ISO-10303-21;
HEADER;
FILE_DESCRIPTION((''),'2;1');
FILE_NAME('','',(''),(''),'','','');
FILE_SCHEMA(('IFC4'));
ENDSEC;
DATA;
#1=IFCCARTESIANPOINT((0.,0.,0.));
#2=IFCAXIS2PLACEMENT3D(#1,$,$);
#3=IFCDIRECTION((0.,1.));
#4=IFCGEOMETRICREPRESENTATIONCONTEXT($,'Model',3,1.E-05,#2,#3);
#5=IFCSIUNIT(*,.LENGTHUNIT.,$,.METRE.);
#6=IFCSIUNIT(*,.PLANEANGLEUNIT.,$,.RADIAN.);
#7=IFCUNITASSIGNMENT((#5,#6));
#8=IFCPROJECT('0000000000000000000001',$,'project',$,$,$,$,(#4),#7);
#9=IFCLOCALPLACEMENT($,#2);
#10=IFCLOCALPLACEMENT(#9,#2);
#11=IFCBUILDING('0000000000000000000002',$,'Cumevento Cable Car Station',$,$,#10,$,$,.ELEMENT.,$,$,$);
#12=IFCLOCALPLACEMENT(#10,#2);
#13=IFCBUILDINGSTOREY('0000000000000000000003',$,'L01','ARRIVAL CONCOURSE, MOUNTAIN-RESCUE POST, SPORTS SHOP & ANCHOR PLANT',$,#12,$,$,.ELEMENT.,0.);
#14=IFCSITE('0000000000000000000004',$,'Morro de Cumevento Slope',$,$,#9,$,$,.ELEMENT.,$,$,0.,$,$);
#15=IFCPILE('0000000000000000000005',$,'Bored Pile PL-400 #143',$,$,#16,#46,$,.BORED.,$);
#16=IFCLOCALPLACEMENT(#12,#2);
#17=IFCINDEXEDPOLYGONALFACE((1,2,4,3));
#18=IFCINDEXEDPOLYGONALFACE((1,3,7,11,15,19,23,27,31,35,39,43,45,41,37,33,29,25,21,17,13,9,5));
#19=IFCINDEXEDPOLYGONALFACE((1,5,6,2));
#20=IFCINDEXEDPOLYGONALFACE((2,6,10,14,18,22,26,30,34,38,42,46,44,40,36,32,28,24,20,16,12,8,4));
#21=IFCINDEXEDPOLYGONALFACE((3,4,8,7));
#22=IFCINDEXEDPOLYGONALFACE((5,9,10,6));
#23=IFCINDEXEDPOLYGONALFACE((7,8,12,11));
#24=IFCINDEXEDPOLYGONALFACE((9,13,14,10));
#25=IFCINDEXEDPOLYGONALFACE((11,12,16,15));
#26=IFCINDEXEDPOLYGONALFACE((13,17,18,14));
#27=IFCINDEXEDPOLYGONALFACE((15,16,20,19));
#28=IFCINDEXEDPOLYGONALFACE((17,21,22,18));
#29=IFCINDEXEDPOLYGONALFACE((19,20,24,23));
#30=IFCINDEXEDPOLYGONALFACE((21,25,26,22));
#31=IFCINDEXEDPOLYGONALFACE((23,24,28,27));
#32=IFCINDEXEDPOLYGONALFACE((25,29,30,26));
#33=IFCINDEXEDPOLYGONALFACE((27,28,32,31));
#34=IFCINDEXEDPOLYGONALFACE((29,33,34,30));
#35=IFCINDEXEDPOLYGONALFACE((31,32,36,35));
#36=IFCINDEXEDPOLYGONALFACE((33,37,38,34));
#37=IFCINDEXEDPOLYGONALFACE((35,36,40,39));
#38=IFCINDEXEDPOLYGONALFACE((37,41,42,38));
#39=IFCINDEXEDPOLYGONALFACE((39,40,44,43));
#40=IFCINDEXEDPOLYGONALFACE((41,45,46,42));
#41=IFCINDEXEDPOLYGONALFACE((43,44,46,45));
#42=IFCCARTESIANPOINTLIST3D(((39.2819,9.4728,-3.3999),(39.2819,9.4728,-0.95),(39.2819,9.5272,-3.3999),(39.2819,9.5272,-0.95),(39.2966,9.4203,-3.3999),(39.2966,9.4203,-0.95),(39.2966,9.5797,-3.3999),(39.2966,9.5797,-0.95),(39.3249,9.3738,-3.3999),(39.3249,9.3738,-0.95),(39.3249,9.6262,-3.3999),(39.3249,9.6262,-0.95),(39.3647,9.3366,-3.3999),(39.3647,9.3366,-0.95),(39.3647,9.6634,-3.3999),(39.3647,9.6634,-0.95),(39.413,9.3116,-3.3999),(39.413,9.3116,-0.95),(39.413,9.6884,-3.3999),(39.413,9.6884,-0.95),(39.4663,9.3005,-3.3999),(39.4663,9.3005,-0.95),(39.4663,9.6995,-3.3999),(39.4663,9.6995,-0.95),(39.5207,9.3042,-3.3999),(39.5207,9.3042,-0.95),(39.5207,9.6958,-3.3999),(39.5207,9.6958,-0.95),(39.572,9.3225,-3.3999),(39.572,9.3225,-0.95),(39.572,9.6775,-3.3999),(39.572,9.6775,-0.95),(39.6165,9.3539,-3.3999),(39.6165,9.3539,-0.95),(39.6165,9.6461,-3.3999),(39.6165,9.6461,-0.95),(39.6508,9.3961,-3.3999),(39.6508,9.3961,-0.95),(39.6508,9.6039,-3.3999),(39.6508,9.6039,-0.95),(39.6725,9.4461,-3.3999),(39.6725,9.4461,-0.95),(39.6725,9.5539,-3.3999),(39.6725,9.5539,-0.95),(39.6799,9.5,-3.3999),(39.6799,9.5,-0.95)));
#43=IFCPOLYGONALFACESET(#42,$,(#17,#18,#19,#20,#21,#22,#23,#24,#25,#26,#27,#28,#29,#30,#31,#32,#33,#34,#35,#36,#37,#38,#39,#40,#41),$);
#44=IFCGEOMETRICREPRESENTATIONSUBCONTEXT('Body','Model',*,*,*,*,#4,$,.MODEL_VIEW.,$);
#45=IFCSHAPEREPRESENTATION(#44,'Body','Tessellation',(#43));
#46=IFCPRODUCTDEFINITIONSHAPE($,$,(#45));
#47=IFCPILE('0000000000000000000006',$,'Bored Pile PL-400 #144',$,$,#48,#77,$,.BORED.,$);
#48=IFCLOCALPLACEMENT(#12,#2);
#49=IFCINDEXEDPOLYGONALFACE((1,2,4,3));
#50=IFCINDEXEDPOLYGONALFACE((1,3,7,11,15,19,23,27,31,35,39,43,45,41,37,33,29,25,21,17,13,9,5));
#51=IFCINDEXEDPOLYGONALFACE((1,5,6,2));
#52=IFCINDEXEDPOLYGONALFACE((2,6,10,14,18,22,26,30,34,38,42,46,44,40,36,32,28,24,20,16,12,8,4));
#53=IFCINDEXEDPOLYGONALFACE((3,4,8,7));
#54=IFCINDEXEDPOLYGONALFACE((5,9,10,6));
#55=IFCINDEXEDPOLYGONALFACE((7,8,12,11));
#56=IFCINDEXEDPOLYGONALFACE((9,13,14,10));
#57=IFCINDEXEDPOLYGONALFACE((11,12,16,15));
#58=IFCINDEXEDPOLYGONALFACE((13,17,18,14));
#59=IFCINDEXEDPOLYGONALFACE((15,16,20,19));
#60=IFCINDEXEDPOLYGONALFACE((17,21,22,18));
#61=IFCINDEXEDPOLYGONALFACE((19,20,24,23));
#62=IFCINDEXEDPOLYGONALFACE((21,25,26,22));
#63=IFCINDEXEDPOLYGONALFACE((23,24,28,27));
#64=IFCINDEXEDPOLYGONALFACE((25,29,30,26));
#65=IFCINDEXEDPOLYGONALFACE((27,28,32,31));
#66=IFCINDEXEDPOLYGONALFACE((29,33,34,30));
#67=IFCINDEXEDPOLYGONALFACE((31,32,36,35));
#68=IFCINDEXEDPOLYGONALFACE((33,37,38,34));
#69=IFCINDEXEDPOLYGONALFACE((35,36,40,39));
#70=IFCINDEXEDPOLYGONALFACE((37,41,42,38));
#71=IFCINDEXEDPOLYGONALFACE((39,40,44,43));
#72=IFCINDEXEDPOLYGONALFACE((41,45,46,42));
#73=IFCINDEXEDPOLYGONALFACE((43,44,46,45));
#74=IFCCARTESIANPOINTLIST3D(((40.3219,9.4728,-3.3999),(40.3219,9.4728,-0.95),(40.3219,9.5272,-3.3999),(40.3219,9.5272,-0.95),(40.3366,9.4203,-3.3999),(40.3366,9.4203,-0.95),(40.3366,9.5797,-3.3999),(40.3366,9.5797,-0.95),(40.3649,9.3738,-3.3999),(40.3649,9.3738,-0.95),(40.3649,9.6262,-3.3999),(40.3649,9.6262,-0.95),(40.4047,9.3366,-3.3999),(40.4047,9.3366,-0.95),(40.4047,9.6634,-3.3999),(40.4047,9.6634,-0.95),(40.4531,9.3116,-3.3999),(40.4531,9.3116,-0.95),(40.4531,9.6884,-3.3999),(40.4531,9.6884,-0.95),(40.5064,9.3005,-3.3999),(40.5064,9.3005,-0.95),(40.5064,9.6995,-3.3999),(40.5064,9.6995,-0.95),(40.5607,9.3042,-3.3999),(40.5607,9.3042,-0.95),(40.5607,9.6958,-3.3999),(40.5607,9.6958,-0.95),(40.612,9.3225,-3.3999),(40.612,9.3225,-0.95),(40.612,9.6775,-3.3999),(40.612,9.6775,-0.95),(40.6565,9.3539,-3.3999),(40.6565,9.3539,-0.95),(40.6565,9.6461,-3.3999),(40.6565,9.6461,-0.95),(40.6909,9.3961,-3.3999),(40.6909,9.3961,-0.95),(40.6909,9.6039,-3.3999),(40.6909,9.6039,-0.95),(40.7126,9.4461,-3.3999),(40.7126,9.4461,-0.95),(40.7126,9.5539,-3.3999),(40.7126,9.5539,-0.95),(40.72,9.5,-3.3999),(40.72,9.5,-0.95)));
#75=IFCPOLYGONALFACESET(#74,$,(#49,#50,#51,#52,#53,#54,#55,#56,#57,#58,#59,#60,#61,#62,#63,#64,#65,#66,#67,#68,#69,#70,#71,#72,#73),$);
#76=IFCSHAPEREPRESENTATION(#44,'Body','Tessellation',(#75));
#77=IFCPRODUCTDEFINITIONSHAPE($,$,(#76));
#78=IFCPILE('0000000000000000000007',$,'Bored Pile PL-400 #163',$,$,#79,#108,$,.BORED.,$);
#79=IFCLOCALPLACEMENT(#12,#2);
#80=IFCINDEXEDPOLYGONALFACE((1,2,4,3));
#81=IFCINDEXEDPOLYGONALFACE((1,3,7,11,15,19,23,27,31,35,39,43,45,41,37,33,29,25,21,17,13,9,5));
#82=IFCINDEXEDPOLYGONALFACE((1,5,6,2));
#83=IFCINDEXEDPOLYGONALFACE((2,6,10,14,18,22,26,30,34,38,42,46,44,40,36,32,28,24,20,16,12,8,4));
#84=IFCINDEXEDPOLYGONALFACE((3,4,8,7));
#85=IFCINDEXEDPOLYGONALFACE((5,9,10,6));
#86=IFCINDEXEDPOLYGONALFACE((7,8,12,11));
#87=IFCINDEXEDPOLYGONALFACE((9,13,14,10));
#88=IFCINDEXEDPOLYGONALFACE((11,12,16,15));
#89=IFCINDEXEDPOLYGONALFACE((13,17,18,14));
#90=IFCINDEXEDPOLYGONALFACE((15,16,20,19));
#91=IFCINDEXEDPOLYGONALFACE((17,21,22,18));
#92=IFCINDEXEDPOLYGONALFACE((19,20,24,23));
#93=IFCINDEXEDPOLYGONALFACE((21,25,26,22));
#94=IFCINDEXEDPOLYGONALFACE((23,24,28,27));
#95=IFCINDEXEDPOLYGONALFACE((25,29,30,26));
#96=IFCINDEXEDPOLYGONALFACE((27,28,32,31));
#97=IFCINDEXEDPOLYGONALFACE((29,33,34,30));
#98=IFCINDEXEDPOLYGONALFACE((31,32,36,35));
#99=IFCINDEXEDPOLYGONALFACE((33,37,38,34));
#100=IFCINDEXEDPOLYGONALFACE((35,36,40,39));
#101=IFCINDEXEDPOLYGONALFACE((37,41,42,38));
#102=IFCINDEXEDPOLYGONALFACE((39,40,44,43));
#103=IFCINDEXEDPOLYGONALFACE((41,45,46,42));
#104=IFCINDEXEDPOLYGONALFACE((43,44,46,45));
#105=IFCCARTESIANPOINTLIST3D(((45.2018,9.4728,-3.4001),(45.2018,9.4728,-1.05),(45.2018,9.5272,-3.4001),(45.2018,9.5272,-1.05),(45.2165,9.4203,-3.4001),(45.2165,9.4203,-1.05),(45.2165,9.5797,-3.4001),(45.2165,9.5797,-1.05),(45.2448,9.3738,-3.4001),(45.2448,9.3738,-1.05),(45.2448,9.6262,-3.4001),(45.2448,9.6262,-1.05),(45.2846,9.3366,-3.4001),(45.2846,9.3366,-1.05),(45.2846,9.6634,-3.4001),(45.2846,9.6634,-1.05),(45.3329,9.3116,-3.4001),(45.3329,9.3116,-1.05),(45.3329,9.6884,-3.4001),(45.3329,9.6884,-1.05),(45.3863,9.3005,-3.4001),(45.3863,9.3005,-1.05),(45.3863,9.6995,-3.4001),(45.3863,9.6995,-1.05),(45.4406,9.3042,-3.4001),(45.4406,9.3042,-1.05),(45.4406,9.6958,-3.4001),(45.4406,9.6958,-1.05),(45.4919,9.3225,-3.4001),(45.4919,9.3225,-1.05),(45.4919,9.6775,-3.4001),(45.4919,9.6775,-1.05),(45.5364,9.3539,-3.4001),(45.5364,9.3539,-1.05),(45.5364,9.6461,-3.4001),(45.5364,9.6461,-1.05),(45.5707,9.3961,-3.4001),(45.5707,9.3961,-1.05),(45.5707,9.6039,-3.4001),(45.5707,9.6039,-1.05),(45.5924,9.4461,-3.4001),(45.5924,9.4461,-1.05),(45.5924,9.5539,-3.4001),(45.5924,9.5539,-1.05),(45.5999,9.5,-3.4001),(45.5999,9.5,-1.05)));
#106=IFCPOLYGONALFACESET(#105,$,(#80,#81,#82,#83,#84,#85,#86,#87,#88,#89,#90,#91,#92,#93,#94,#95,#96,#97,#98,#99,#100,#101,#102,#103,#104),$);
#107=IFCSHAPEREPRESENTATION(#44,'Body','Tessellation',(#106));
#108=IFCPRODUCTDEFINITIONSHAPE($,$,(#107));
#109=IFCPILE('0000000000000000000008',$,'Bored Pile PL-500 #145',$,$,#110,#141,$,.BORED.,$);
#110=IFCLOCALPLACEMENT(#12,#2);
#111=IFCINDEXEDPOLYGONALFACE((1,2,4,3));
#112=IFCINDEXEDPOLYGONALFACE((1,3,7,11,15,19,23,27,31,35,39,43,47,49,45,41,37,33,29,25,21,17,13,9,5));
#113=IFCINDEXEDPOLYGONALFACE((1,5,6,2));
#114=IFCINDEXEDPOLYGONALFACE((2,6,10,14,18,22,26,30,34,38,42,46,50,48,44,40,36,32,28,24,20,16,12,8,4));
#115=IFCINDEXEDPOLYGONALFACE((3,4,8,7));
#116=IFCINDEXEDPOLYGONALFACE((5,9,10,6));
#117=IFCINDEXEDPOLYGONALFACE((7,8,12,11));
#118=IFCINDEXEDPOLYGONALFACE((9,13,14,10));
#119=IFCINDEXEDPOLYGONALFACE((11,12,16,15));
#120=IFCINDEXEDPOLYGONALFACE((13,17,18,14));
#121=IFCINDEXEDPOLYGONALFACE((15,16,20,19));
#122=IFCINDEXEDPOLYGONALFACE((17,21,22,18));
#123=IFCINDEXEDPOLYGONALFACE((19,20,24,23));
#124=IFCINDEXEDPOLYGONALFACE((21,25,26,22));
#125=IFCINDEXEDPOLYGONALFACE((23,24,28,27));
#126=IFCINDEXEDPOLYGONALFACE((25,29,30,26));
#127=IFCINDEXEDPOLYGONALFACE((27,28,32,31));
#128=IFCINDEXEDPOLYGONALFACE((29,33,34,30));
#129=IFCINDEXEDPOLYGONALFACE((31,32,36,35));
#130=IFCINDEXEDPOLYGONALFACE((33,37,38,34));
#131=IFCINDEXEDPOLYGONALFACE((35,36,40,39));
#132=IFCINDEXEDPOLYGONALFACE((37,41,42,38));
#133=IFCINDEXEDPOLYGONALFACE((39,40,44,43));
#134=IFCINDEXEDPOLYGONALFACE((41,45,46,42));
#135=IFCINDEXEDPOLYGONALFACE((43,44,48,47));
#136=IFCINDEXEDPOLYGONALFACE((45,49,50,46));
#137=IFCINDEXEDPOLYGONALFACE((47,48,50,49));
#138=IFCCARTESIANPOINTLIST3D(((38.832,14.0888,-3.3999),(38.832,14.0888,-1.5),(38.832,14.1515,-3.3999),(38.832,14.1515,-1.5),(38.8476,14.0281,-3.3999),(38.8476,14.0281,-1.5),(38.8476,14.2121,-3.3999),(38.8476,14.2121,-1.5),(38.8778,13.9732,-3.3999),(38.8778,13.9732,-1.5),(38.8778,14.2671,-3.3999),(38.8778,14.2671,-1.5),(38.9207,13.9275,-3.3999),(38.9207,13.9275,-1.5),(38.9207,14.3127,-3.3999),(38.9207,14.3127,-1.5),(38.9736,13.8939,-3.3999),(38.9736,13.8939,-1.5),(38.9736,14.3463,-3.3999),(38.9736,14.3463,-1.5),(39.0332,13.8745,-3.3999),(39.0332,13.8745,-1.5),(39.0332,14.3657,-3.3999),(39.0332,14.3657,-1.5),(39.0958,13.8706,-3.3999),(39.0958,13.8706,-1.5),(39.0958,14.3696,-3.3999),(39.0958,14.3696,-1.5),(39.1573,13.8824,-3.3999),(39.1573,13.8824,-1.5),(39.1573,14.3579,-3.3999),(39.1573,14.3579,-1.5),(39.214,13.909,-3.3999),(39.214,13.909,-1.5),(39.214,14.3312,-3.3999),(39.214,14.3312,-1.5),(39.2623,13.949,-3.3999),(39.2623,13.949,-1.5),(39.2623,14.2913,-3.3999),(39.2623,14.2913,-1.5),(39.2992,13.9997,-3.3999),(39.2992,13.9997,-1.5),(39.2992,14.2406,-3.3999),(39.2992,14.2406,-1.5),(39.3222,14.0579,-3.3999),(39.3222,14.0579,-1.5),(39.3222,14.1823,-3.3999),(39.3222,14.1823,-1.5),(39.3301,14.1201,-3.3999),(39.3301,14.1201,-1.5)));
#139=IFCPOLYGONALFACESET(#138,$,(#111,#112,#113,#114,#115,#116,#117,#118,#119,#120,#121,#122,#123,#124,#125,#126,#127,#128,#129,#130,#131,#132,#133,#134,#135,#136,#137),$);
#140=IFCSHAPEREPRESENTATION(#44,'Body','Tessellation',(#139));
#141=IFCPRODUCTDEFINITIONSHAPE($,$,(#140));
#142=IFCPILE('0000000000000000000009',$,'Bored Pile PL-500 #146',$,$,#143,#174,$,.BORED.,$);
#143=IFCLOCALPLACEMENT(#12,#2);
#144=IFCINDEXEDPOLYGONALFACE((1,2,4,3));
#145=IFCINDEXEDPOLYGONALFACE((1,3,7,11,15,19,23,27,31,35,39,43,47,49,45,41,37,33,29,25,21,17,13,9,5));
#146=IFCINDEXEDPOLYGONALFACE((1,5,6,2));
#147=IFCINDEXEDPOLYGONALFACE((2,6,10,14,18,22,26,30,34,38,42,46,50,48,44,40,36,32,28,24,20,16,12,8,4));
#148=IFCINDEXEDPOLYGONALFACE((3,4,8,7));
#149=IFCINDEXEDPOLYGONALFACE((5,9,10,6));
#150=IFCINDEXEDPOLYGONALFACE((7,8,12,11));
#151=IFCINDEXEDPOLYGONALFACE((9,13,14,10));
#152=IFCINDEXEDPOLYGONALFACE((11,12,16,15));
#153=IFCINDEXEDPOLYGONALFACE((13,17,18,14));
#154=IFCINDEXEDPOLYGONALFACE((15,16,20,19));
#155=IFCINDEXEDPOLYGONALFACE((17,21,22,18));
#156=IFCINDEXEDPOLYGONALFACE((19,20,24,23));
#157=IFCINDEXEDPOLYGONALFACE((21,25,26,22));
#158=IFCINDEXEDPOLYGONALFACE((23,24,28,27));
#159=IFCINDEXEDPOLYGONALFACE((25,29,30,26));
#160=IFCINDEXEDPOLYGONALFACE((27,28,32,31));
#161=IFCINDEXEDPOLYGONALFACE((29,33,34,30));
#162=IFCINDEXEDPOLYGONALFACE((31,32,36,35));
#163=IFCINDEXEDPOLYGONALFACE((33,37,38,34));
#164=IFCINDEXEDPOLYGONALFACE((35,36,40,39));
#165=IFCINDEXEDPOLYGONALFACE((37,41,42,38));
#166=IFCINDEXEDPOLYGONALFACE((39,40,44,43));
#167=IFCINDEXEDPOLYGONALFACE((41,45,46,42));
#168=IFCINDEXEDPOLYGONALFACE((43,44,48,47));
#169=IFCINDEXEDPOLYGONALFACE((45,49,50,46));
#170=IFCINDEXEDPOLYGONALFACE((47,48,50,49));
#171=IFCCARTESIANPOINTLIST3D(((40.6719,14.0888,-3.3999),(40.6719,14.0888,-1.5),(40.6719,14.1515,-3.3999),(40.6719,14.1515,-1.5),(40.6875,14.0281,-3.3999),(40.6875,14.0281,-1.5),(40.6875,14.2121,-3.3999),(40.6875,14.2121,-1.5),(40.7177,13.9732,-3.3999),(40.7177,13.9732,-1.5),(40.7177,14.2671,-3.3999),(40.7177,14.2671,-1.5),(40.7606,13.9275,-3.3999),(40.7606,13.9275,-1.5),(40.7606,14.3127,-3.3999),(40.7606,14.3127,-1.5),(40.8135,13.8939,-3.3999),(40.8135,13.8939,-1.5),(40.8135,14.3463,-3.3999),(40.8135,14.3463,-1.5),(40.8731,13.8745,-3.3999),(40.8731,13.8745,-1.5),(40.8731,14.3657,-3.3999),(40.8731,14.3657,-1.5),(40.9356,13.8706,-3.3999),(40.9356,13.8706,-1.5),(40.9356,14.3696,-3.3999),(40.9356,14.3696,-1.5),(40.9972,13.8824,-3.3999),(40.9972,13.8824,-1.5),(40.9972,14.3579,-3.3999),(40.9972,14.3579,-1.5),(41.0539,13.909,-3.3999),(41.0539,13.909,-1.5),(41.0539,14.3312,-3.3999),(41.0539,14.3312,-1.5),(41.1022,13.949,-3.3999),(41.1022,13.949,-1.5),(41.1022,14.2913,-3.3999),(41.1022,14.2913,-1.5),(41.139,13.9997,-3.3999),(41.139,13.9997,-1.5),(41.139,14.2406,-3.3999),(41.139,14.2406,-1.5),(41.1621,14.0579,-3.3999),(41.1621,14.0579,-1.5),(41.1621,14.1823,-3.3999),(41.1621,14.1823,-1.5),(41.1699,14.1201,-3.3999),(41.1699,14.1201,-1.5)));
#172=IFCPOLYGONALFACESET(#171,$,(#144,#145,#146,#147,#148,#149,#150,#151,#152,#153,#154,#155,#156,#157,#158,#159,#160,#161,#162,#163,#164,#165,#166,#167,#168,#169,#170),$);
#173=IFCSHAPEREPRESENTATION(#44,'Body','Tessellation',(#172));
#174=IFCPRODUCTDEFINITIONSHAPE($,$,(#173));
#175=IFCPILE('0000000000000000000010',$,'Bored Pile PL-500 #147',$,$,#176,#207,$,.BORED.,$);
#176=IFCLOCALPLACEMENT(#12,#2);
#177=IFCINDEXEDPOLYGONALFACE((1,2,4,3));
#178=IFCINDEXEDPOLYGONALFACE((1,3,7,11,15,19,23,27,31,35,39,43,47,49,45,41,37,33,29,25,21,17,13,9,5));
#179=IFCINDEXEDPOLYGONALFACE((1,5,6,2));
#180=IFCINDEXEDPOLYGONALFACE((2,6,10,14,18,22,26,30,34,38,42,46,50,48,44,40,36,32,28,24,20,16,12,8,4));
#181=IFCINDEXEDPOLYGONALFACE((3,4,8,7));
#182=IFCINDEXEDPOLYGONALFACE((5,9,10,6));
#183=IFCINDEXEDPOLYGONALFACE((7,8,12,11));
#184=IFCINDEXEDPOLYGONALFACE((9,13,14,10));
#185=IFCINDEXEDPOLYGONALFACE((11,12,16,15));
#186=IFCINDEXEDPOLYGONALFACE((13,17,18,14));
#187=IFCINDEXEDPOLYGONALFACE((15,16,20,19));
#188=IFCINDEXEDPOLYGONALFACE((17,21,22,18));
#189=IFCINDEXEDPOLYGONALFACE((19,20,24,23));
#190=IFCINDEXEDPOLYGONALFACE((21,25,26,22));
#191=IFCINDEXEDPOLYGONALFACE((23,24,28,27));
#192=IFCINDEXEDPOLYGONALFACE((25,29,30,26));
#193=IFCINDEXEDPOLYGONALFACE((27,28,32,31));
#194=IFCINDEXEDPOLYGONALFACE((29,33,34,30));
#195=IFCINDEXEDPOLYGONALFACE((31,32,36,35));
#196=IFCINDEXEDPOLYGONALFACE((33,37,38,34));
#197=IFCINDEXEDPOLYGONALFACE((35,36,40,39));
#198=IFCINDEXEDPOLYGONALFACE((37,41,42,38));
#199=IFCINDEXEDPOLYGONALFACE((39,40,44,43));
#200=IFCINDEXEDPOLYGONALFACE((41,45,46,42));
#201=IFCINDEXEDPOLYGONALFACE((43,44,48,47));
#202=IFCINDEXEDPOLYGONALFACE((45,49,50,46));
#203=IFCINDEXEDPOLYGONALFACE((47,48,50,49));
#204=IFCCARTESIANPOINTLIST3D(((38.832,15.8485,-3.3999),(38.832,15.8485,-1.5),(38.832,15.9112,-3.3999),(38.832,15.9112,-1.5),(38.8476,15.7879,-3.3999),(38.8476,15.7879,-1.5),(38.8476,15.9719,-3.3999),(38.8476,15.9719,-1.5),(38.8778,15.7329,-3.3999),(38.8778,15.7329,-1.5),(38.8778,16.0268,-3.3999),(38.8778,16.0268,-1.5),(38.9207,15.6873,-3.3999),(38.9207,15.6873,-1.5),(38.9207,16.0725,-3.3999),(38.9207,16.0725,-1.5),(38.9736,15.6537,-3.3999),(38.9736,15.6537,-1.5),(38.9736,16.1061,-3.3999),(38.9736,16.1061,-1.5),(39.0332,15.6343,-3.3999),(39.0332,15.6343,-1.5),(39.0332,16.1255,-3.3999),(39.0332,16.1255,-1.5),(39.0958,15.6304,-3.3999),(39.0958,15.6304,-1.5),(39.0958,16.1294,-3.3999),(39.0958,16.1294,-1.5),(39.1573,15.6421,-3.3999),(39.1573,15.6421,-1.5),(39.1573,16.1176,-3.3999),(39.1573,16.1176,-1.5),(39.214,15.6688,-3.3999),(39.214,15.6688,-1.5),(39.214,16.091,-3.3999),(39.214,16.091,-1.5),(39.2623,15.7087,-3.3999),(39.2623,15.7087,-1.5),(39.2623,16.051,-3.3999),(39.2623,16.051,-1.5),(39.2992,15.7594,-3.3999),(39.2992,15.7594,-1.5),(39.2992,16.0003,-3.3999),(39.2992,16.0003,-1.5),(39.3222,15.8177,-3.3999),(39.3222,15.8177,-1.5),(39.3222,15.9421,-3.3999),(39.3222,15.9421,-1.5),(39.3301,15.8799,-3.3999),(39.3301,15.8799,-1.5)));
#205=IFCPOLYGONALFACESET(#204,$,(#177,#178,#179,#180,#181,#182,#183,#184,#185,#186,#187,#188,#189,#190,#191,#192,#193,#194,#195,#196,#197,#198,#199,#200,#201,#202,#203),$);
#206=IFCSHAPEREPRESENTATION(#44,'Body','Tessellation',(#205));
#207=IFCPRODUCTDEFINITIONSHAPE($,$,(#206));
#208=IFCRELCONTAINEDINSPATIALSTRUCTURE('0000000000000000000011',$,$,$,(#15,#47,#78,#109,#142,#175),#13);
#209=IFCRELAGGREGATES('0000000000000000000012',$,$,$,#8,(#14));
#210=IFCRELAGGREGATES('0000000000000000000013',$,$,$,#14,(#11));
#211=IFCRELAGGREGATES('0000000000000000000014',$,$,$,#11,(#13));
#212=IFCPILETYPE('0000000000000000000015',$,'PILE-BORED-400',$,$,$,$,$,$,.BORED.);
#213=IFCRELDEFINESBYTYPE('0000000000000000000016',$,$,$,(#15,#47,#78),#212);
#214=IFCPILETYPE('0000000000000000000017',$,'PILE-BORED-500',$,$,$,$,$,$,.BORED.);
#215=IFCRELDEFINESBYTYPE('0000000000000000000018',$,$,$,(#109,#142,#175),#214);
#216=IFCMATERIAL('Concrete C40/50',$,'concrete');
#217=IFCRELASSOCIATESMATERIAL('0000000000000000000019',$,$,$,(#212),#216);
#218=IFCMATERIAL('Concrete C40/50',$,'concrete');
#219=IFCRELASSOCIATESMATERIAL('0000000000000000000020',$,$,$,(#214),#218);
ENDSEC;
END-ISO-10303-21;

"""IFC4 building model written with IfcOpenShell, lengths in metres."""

from ifc_helpers import new_model, si_unit, direction, frame, origin, origin_2d, place, context, subcontext, project, spatial, circle, extrude, material, material_profile, profile_set, type_object, element, save


model = new_model("IFC4")

# Units and contexts
model_context = context("Model", 3, precision=1e-05, world=origin(), true_north=direction((0.0, 1.0)))
body_context = subcontext(model_context, "Body", "Model", "MODEL_VIEW")
ifc_project = project(units=[si_unit("LENGTHUNIT", "METRE"), si_unit("PLANEANGLEUNIT", "RADIAN")], contexts=[model_context])

# Site, building, storey
site_placement = place(None, origin())
site = spatial("IfcSite", under=ifc_project, at=site_placement, Name="Morro de Cumevento Slope", CompositionType="ELEMENT", RefElevation=0.0)
building_placement = place(site_placement, origin())
building = spatial("IfcBuilding", under=site, at=building_placement, Name="Cumevento Cable Car Station", CompositionType="ELEMENT")
storey_placement = place(building_placement, origin())
storey = spatial("IfcBuildingStorey", under=building, at=storey_placement, Name="L01", Description="ARRIVAL CONCOURSE, MOUNTAIN-RESCUE POST, SPORTS SHOP & ANCHOR PLANT", CompositionType="ELEMENT", Elevation=0.0)

# Piles
ifc_material_1 = material(Name="Concrete C40/50", Category="concrete")
ifc_material_profile_1 = material_profile(ifc_material_1, circle(Radius=0.2, at=origin_2d()), Name="PILE-D400")
ifc_profile_set_1 = profile_set([ifc_material_profile_1], Name="Concrete C40/50")
pile_type_1 = type_object("IfcPileType", Name="PILE-BORED-400", PredefinedType="BORED", material=ifc_profile_set_1)
for number, where, z_axis, x_axis, name in (
    (1, (39.48, 9.5, -0.95), (0.0, 0.0, -1.0), (1.0, 0.0, 0.0), "Bored Pile PL-400 #143"),
    (2, (40.52, 9.5, -0.95), (0.0, 0.0, -1.0), (1.0, 0.0, 0.0), "Bored Pile PL-400 #144"),
):
    element("IfcPile", number, at=place(storey_placement, frame(where, z_axis=z_axis, x_axis=x_axis)), inside=storey, type_object=pile_type_1, Name=name, PredefinedType="BORED", context=body_context, shape_type="SweptSolid", body=[
        extrude(circle(Radius=0.2, at=origin_2d()), origin(), (0.0, 0.0, 1.0), 2.45),
    ])
pile_placement = place(storey_placement, frame((45.3999, 9.5, -1.05), z_axis=(0.0, 0.0, -1.0), x_axis=(1.0, 0.0, 0.0)))
element("IfcPile", 3, at=pile_placement, inside=storey, type_object=pile_type_1, Name="Bored Pile PL-400 #163", PredefinedType="BORED", context=body_context, shape_type="SweptSolid", body=[
    extrude(circle(Radius=0.2, at=origin_2d()), origin(), (0.0, 0.0, 1.0), 2.3501),
])
ifc_material_2 = material(Name="Concrete C40/50", Category="concrete")
ifc_material_profile_2 = material_profile(ifc_material_2, circle(Radius=0.25, at=origin_2d()), Name="PILE-D500")
ifc_profile_set_2 = profile_set([ifc_material_profile_2], Name="Concrete C40/50")
pile_type_2 = type_object("IfcPileType", Name="PILE-BORED-500", PredefinedType="BORED", material=ifc_profile_set_2)
for number, where, z_axis, x_axis, name in (
    (4, (39.0801, 14.1201, -1.5), (0.0, 0.0, -1.0), (1.0, 0.0, 0.0), "Bored Pile PL-500 #145"),
    (5, (40.9199, 14.1201, -1.5), (0.0, 0.0, -1.0), (1.0, 0.0, 0.0), "Bored Pile PL-500 #146"),
    (6, (39.0801, 15.8799, -1.5), (0.0, 0.0, -1.0), (1.0, 0.0, 0.0), "Bored Pile PL-500 #147"),
):
    element("IfcPile", number, at=place(storey_placement, frame(where, z_axis=z_axis, x_axis=x_axis)), inside=storey, type_object=pile_type_2, Name=name, PredefinedType="BORED", context=body_context, shape_type="SweptSolid", body=[
        extrude(circle(Radius=0.25, at=origin_2d()), origin(), (0.0, 0.0, 1.0), 1.8999),
    ])

save(model, "model.ifc")
